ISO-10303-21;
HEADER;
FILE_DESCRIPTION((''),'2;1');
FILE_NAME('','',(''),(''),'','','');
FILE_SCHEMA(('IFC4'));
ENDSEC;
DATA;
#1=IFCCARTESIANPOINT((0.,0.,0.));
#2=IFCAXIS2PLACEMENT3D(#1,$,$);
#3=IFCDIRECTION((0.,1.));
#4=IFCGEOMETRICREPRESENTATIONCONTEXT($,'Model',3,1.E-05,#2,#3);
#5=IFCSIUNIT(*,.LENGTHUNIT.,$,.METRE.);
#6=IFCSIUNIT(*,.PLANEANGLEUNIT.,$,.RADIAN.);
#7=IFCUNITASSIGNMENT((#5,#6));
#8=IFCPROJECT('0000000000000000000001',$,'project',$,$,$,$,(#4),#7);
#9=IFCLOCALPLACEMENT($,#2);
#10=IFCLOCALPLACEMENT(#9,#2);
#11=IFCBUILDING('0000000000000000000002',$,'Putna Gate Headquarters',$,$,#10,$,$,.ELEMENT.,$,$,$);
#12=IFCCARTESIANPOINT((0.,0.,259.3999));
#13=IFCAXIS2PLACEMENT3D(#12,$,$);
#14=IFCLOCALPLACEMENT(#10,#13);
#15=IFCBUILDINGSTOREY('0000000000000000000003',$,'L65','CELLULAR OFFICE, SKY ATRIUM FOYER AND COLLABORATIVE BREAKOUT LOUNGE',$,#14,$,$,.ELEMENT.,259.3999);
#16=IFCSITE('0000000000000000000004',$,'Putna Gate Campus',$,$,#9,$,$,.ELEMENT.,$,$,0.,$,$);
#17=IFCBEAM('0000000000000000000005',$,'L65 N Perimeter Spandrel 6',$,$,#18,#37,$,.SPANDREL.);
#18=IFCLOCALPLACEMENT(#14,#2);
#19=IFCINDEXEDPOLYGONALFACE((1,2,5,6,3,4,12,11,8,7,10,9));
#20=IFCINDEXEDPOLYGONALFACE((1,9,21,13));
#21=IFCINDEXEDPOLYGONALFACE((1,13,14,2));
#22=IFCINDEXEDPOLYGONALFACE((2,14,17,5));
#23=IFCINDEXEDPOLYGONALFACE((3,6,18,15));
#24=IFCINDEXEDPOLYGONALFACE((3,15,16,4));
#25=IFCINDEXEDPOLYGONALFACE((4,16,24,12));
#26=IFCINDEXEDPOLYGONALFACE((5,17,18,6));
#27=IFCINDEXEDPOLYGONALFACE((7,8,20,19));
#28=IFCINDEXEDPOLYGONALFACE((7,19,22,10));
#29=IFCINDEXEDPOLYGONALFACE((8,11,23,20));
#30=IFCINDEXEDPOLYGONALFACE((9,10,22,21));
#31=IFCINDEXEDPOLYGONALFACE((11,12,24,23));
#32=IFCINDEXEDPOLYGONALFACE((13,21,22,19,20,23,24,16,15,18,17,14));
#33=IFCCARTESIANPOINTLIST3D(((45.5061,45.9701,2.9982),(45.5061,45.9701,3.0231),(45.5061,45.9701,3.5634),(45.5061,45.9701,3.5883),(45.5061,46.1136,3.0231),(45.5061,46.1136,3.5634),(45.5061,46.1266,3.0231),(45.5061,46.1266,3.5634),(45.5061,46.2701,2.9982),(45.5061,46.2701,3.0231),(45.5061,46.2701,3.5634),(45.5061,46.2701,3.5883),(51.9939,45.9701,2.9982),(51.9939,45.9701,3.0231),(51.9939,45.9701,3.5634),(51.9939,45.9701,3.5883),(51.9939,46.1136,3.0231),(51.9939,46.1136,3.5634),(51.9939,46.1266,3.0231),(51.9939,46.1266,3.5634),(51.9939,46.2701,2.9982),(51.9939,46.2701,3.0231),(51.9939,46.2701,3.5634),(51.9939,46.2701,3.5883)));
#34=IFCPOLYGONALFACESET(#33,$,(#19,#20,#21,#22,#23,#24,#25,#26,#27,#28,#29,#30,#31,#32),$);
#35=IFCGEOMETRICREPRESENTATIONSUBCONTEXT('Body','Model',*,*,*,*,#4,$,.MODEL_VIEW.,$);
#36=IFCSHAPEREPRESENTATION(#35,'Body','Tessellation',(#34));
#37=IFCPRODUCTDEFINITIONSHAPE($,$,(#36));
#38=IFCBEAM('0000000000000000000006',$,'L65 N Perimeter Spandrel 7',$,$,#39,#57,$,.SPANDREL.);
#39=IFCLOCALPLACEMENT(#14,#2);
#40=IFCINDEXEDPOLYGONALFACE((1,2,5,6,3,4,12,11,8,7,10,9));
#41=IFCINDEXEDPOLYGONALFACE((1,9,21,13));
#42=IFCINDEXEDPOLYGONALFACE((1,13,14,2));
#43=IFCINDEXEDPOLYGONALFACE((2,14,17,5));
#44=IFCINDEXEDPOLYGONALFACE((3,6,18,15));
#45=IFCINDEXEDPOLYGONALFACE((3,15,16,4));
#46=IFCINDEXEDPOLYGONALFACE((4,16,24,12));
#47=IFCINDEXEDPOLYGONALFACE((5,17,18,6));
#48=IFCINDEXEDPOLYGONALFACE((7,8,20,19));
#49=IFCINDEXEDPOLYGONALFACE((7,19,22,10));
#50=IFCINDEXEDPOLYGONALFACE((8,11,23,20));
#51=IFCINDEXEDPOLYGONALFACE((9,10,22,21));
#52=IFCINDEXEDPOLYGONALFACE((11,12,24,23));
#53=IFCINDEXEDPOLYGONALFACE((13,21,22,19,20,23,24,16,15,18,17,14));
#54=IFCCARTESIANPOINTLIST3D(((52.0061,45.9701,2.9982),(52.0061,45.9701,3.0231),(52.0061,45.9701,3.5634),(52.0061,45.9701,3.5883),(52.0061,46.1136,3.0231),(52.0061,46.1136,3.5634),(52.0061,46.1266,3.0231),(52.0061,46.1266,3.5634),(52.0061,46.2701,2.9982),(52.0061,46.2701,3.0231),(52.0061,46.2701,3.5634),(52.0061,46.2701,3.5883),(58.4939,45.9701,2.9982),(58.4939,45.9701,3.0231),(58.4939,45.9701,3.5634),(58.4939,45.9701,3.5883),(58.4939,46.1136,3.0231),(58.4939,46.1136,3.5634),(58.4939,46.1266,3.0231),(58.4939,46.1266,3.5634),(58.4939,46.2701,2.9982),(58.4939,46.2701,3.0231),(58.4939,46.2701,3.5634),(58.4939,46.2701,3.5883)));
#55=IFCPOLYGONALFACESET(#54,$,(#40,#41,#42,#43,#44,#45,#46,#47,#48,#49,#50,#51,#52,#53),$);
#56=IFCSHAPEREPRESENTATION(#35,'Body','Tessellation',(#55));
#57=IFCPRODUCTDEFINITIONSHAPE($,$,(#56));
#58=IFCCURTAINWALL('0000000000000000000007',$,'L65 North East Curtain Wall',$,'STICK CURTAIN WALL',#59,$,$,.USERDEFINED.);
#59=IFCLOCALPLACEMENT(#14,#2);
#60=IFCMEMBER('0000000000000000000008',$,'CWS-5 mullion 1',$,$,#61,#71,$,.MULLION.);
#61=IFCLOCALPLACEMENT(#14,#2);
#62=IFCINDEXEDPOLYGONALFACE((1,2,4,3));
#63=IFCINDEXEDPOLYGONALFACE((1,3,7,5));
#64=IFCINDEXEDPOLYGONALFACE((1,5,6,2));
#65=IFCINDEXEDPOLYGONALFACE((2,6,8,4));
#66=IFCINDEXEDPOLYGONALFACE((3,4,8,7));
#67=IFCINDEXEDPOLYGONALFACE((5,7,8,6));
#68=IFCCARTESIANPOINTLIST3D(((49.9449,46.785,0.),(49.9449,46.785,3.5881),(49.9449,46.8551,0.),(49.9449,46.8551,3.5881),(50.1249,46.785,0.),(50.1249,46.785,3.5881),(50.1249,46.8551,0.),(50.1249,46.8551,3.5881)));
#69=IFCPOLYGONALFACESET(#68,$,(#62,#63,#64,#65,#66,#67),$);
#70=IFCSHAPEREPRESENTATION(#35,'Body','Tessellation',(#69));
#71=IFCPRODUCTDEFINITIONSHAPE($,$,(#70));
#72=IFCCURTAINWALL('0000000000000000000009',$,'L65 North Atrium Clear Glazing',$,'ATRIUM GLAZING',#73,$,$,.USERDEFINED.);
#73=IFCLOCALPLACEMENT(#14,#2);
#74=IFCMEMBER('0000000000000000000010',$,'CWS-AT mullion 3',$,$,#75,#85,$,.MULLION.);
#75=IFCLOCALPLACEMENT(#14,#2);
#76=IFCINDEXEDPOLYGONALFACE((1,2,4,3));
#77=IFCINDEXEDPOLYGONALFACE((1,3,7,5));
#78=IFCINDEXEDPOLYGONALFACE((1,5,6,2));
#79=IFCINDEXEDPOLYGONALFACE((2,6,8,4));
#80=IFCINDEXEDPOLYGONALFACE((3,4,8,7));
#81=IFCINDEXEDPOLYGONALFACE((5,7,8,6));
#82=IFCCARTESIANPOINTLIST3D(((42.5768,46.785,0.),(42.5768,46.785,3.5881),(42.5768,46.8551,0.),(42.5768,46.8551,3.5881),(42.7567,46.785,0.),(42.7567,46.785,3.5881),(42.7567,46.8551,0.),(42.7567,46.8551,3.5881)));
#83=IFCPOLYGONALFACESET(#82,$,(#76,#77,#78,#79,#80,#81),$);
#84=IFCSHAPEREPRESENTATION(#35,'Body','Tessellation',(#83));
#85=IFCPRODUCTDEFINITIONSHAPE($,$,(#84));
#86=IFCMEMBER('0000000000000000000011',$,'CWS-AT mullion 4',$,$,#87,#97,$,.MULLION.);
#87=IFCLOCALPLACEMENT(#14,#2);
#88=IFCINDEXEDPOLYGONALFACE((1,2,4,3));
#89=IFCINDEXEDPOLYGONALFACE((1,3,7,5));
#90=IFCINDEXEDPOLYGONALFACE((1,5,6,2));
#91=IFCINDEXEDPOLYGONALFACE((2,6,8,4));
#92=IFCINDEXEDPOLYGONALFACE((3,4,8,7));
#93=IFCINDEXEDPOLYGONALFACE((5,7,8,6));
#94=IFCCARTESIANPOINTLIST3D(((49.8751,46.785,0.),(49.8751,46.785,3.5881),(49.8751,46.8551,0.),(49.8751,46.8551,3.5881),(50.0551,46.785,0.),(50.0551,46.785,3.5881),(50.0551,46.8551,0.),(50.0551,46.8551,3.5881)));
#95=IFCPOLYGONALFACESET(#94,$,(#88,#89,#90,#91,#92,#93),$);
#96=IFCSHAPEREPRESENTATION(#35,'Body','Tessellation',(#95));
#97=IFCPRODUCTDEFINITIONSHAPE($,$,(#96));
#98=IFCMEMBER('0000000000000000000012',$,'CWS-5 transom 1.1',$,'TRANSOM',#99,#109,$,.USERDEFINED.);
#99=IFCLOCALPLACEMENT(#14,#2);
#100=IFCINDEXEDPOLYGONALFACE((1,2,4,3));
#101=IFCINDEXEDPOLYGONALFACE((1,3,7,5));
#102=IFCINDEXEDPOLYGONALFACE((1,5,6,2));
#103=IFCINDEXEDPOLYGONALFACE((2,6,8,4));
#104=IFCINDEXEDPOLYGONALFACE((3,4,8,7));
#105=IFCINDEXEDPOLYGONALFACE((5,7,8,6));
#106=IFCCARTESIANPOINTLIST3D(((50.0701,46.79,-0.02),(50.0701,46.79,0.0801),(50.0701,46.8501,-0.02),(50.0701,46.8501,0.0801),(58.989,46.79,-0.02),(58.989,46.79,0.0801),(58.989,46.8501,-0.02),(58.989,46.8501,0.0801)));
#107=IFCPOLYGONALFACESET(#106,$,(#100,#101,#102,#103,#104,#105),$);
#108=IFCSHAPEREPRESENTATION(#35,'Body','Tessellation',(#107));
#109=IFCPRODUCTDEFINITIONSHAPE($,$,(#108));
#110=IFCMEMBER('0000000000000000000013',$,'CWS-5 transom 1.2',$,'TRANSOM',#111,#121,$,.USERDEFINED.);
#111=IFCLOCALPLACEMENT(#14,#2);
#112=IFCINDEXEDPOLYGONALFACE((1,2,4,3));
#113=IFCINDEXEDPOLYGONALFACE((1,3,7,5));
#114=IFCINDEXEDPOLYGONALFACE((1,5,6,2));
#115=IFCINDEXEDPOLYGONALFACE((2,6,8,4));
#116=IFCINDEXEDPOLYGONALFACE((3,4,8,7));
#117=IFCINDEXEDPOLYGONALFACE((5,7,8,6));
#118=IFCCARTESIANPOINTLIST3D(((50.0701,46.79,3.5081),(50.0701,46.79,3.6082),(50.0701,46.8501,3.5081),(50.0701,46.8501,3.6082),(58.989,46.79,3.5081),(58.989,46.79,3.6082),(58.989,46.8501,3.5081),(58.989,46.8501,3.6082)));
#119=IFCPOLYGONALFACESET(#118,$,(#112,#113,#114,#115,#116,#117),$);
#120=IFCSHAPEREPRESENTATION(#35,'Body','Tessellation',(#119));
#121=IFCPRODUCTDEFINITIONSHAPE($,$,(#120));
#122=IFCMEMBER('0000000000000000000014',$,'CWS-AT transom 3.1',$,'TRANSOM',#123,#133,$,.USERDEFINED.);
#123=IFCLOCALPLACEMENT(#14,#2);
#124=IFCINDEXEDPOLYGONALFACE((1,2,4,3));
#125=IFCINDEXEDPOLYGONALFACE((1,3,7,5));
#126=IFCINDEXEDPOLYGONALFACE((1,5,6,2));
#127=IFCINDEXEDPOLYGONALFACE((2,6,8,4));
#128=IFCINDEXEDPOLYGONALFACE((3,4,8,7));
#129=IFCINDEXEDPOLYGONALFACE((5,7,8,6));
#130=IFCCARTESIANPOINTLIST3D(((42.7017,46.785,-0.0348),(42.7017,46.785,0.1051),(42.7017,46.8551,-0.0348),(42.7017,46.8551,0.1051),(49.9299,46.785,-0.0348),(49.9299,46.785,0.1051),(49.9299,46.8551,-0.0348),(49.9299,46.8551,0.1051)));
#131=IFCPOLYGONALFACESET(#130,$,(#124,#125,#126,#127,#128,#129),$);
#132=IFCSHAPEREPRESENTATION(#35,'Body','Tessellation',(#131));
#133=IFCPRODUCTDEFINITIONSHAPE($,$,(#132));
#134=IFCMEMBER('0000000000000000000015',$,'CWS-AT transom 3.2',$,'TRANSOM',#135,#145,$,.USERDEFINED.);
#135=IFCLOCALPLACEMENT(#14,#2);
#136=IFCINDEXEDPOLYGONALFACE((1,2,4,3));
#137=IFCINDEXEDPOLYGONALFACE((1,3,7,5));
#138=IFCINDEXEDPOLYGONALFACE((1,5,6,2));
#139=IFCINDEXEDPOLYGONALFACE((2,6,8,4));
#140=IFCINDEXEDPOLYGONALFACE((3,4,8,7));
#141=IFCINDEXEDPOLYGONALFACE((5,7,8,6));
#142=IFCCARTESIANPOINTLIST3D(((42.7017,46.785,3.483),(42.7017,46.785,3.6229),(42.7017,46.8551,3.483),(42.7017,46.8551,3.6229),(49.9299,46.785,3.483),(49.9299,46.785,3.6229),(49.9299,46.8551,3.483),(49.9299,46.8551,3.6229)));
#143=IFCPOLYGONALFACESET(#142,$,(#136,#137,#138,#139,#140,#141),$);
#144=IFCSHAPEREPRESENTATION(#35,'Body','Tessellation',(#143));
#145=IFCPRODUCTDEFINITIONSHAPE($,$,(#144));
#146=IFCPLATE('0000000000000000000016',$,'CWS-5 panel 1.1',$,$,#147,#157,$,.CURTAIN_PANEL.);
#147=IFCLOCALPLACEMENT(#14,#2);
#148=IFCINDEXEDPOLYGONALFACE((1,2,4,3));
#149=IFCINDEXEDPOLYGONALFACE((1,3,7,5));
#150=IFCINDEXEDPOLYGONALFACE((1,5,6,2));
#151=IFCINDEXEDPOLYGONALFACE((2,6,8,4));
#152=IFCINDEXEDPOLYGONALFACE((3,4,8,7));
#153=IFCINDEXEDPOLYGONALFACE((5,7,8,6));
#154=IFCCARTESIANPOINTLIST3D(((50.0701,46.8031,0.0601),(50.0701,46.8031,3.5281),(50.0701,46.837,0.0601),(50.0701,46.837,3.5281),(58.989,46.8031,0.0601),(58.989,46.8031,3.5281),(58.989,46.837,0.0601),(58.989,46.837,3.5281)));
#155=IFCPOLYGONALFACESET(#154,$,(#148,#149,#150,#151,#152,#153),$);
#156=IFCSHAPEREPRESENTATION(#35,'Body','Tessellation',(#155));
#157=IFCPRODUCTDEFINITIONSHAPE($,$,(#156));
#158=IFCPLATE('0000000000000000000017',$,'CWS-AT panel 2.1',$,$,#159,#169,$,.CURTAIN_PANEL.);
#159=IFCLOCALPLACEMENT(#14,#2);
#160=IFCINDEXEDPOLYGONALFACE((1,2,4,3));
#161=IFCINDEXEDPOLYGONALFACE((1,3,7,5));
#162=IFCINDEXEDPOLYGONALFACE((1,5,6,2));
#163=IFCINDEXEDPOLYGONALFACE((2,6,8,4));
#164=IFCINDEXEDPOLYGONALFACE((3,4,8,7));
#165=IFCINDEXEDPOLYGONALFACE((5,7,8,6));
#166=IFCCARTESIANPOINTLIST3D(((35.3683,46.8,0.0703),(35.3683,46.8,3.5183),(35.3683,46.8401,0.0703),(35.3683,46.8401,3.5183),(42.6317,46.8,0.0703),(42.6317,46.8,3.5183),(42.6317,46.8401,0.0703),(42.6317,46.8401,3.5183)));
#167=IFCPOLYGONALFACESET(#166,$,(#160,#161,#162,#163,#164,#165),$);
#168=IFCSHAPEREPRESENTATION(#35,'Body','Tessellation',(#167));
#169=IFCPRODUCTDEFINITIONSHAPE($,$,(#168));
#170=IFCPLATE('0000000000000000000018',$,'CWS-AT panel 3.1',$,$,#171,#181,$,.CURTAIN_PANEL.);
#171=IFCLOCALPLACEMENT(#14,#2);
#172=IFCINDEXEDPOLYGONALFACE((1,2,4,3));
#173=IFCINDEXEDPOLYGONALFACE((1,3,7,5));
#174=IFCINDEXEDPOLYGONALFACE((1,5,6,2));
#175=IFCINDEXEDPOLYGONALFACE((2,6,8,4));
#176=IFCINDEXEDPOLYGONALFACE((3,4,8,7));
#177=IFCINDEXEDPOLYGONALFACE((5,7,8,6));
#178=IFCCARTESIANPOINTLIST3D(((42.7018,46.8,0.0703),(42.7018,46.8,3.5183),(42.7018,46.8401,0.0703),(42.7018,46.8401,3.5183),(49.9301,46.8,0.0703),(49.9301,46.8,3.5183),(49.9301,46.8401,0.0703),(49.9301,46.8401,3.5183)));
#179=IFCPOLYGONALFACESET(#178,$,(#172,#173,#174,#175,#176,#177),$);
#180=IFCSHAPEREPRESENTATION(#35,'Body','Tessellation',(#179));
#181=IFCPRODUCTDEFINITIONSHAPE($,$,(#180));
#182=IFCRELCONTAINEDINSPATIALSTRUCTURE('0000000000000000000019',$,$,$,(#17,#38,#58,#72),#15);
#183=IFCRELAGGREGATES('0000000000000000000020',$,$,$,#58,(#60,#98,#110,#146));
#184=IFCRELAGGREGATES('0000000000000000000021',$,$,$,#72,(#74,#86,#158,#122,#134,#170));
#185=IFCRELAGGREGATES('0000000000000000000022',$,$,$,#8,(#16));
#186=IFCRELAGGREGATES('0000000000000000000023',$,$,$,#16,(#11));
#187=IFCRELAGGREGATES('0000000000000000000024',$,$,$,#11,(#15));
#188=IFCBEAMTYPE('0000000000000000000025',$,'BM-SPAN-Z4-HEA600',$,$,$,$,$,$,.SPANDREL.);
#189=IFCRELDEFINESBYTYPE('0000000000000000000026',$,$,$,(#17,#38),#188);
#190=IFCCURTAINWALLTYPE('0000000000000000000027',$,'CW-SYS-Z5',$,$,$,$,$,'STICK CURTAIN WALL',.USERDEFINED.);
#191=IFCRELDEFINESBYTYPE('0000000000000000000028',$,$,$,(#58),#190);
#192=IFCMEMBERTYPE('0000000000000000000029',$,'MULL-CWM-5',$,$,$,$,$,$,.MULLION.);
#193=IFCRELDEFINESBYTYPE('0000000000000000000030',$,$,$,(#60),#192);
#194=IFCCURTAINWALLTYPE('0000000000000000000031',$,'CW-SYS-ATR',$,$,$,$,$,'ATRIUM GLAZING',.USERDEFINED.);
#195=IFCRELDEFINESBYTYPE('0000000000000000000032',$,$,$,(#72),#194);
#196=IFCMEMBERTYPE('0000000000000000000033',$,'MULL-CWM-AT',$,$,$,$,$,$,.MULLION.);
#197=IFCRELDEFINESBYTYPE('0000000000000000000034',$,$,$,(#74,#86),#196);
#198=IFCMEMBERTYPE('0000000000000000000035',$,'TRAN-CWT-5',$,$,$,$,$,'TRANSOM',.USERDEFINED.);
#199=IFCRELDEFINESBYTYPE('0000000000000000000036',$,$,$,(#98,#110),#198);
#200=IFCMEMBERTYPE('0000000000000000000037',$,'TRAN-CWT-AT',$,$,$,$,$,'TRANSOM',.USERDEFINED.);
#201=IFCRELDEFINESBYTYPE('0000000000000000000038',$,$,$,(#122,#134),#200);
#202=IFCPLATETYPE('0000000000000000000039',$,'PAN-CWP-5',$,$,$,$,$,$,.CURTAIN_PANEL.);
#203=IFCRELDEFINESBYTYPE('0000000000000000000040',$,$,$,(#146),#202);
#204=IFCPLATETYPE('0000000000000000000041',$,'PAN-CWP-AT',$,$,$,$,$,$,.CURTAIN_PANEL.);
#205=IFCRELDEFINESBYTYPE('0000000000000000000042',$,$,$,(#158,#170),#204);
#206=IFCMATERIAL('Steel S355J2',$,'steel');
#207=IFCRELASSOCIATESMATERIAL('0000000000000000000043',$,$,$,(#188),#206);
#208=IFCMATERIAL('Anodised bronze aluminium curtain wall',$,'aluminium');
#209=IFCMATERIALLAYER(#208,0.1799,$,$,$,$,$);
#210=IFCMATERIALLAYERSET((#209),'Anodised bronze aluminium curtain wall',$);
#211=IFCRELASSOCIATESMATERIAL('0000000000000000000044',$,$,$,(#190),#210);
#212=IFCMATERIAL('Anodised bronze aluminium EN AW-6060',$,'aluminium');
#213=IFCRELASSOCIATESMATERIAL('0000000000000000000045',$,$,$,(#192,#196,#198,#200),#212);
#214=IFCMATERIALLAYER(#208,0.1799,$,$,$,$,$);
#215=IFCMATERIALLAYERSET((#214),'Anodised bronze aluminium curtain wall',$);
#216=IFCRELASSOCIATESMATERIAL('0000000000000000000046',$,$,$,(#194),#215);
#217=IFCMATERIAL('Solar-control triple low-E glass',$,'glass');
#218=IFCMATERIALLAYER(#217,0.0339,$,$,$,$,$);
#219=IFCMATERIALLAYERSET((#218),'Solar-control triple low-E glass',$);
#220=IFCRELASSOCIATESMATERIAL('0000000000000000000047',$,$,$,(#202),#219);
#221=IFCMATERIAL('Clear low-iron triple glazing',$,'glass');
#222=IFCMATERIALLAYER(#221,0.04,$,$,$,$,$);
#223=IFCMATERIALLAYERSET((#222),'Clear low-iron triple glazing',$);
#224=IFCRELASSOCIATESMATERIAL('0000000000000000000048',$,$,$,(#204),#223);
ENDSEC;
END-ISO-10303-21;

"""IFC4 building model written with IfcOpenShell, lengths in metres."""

from ifc_helpers import new_model, si_unit, direction, frame, origin, origin_2d, place, context, subcontext, project, spatial, rectangle, i_section, extrude, material, layer, layer_set, material_profile, profile_set, type_object, element, aggregate, save


model = new_model("IFC4")

# Units and contexts
model_context = context("Model", 3, precision=1e-05, world=origin(), true_north=direction((0.0, 1.0)))
body_context = subcontext(model_context, "Body", "Model", "MODEL_VIEW")
ifc_project = project(units=[si_unit("LENGTHUNIT", "METRE"), si_unit("PLANEANGLEUNIT", "RADIAN")], contexts=[model_context])

# Site, building, storey
site_placement = place(None, origin())
site = spatial("IfcSite", under=ifc_project, at=site_placement, Name="Putna Gate Campus", CompositionType="ELEMENT", RefElevation=0.0)
building_placement = place(site_placement, origin())
building = spatial("IfcBuilding", under=site, at=building_placement, Name="Putna Gate Headquarters", CompositionType="ELEMENT")
storey_placement = place(building_placement, frame((0.0, 0.0, 259.3999)))
storey = spatial("IfcBuildingStorey", under=building, at=storey_placement, Name="L65", Description="CELLULAR OFFICE, SKY ATRIUM FOYER AND COLLABORATIVE BREAKOUT LOUNGE", CompositionType="ELEMENT", Elevation=259.3999)

# Beams
ifc_material_1 = material(Name="Steel S355J2", Category="steel")
ifc_material_profile_1 = material_profile(ifc_material_1, i_section(OverallWidth=0.3, OverallDepth=0.5901, WebThickness=0.0129, FlangeThickness=0.0249, at=origin_2d()), Name="Steel S355J2")
ifc_profile_set_1 = profile_set([ifc_material_profile_1], Name="Steel S355J2")
beam_type_1 = type_object("IfcBeamType", Name="BM-SPAN-Z4-HEA600", PredefinedType="SPANDREL", material=ifc_profile_set_1)
for number, where, z_axis, x_axis, name in (
    (1, (45.5061, 46.1201, 3.2932), (1.0, 0.0, 0.0), (0.0, 1.0, 0.0), "L65 N Perimeter Spandrel 6"),
    (2, (52.0061, 46.1201, 3.2932), (1.0, 0.0, 0.0), (0.0, 1.0, 0.0), "L65 N Perimeter Spandrel 7"),
):
    element("IfcBeam", number, at=place(storey_placement, frame(where, z_axis=z_axis, x_axis=x_axis)), inside=storey, type_object=beam_type_1, Name=name, PredefinedType="SPANDREL", context=body_context, shape_type="SweptSolid", body=[
        extrude(i_section(OverallWidth=0.3, OverallDepth=0.5901, WebThickness=0.0129, FlangeThickness=0.0249, at=origin_2d()), origin(), (0.0, 0.0, 1.0), 6.4878),
    ])

# Curtain wall, member
ifc_material_2 = material(Name="Anodised bronze aluminium curtain wall", Category="aluminium")
ifc_layer_1 = layer(ifc_material_2, 0.1799)
ifc_layer_set_1 = layer_set([ifc_layer_1], Name="Anodised bronze aluminium curtain wall")
curtain_wall_type_1 = type_object("IfcCurtainWallType", Name="CW-SYS-Z5", ElementType="STICK CURTAIN WALL", PredefinedType="USERDEFINED", material=ifc_layer_set_1)
curtain_wall_1_placement = place(storey_placement, origin())
curtain_wall_1 = element("IfcCurtainWall", 3, at=curtain_wall_1_placement, inside=storey, type_object=curtain_wall_type_1, Name="L65 North East Curtain Wall", ObjectType="STICK CURTAIN WALL", PredefinedType="USERDEFINED")
ifc_material_3 = material(Name="Anodised bronze aluminium EN AW-6060", Category="aluminium")
ifc_material_profile_2 = material_profile(ifc_material_3, rectangle(XDim=0.0701, YDim=0.1799, at=origin_2d()), Name="Anodised bronze aluminium EN AW-6060")
ifc_profile_set_2 = profile_set([ifc_material_profile_2], Name="Anodised bronze aluminium EN AW-6060")
member_type_1 = type_object("IfcMemberType", Name="MULL-CWM-5", PredefinedType="MULLION", material=ifc_profile_set_2)
member_1_placement = place(storey_placement, frame((50.0349, 46.8201, 0.0), z_axis=(0.0, 0.0, 1.0), x_axis=(0.0, 1.0, 0.0)))
member_1 = element("IfcMember", 4, at=member_1_placement, type_object=member_type_1, Name="CWS-5 mullion 1", PredefinedType="MULLION", context=body_context, shape_type="SweptSolid", body=[
    extrude(rectangle(XDim=0.0701, YDim=0.1799, at=origin_2d()), origin(), (0.0, 0.0, 1.0), 3.5881),
])

# Curtain wall, members
ifc_layer_2 = layer(ifc_material_2, 0.1799)
ifc_layer_set_2 = layer_set([ifc_layer_2], Name="Anodised bronze aluminium curtain wall")
curtain_wall_type_2 = type_object("IfcCurtainWallType", Name="CW-SYS-ATR", ElementType="ATRIUM GLAZING", PredefinedType="USERDEFINED", material=ifc_layer_set_2)
curtain_wall_2_placement = place(storey_placement, origin())
curtain_wall_2 = element("IfcCurtainWall", 5, at=curtain_wall_2_placement, inside=storey, type_object=curtain_wall_type_2, Name="L65 North Atrium Clear Glazing", ObjectType="ATRIUM GLAZING", PredefinedType="USERDEFINED")
ifc_material_profile_3 = material_profile(ifc_material_3, rectangle(XDim=0.0701, YDim=0.1799, at=origin_2d()), Name="Anodised bronze aluminium EN AW-6060")
ifc_profile_set_3 = profile_set([ifc_material_profile_3], Name="Anodised bronze aluminium EN AW-6060")
member_type_2 = type_object("IfcMemberType", Name="MULL-CWM-AT", PredefinedType="MULLION", material=ifc_profile_set_3)
member_2_placement = place(storey_placement, frame((42.6667, 46.8201, 0.0), z_axis=(0.0, 0.0, 1.0), x_axis=(0.0, 1.0, 0.0)))
member_2 = element("IfcMember", 6, at=member_2_placement, type_object=member_type_2, Name="CWS-AT mullion 3", PredefinedType="MULLION", context=body_context, shape_type="SweptSolid", body=[
    extrude(rectangle(XDim=0.0701, YDim=0.1799, at=origin_2d()), origin(), (0.0, 0.0, 1.0), 3.5881),
])
member_3_placement = place(storey_placement, frame((49.9651, 46.8201, 0.0), z_axis=(0.0, 0.0, 1.0), x_axis=(0.0, 1.0, 0.0)))
member_3 = element("IfcMember", 7, at=member_3_placement, type_object=member_type_2, Name="CWS-AT mullion 4", PredefinedType="MULLION", context=body_context, shape_type="SweptSolid", body=[
    extrude(rectangle(XDim=0.0701, YDim=0.1799, at=origin_2d()), origin(), (0.0, 0.0, 1.0), 3.5881),
])

# Members
ifc_material_profile_4 = material_profile(ifc_material_3, rectangle(XDim=0.0601, YDim=0.1001, at=origin_2d()), Name="Anodised bronze aluminium EN AW-6060")
ifc_profile_set_4 = profile_set([ifc_material_profile_4], Name="Anodised bronze aluminium EN AW-6060")
member_type_3 = type_object("IfcMemberType", Name="TRAN-CWT-5", ElementType="TRANSOM", PredefinedType="USERDEFINED", material=ifc_profile_set_4)
member_4_placement = place(storey_placement, frame((50.0701, 46.8201, 0.03), z_axis=(1.0, 0.0, 0.0), x_axis=(0.0, 1.0, 0.0)))
member_4 = element("IfcMember", 8, at=member_4_placement, type_object=member_type_3, Name="CWS-5 transom 1.1", ObjectType="TRANSOM", PredefinedType="USERDEFINED", context=body_context, shape_type="SweptSolid", body=[
    extrude(rectangle(XDim=0.0601, YDim=0.1001, at=origin_2d()), origin(), (0.0, 0.0, 1.0), 8.9189),
])
member_5_placement = place(storey_placement, frame((50.0701, 46.8201, 3.5581), z_axis=(1.0, 0.0, 0.0), x_axis=(0.0, 1.0, 0.0)))
member_5 = element("IfcMember", 9, at=member_5_placement, type_object=member_type_3, Name="CWS-5 transom 1.2", ObjectType="TRANSOM", PredefinedType="USERDEFINED", context=body_context, shape_type="SweptSolid", body=[
    extrude(rectangle(XDim=0.0601, YDim=0.1001, at=origin_2d()), origin(), (0.0, 0.0, 1.0), 8.9189),
])
ifc_material_profile_5 = material_profile(ifc_material_3, rectangle(XDim=0.0701, YDim=0.1399, at=origin_2d()), Name="Anodised bronze aluminium EN AW-6060")
ifc_profile_set_5 = profile_set([ifc_material_profile_5], Name="Anodised bronze aluminium EN AW-6060")
member_type_4 = type_object("IfcMemberType", Name="TRAN-CWT-AT", ElementType="TRANSOM", PredefinedType="USERDEFINED", material=ifc_profile_set_5)
member_6_placement = place(storey_placement, frame((42.7017, 46.8201, 0.0352), z_axis=(1.0, 0.0, 0.0), x_axis=(0.0, 1.0, 0.0)))
member_6 = element("IfcMember", 10, at=member_6_placement, type_object=member_type_4, Name="CWS-AT transom 3.1", ObjectType="TRANSOM", PredefinedType="USERDEFINED", context=body_context, shape_type="SweptSolid", body=[
    extrude(rectangle(XDim=0.0701, YDim=0.1399, at=origin_2d()), origin(), (0.0, 0.0, 1.0), 7.2283),
])
member_7_placement = place(storey_placement, frame((42.7017, 46.8201, 3.553), z_axis=(1.0, 0.0, 0.0), x_axis=(0.0, 1.0, 0.0)))
member_7 = element("IfcMember", 11, at=member_7_placement, type_object=member_type_4, Name="CWS-AT transom 3.2", ObjectType="TRANSOM", PredefinedType="USERDEFINED", context=body_context, shape_type="SweptSolid", body=[
    extrude(rectangle(XDim=0.0701, YDim=0.1399, at=origin_2d()), origin(), (0.0, 0.0, 1.0), 7.2283),
])

# Plates
ifc_material_4 = material(Name="Solar-control triple low-E glass", Category="glass")
ifc_layer_3 = layer(ifc_material_4, 0.0339)
ifc_layer_set_3 = layer_set([ifc_layer_3], Name="Solar-control triple low-E glass")
plate_type_1 = type_object("IfcPlateType", Name="PAN-CWP-5", PredefinedType="CURTAIN_PANEL", material=ifc_layer_set_3)
plate_1_placement = place(storey_placement, frame((54.5295, 46.8201, 0.0601), z_axis=(0.0, 0.0, 1.0), x_axis=(1.0, 0.0, 0.0)))
plate_1 = element("IfcPlate", 12, at=plate_1_placement, type_object=plate_type_1, Name="CWS-5 panel 1.1", PredefinedType="CURTAIN_PANEL", context=body_context, shape_type="SweptSolid", body=[
    extrude(rectangle(XDim=8.9189, YDim=0.0339, at=origin_2d()), origin(), (0.0, 0.0, 1.0), 3.468),
])
aggregate(curtain_wall_1, [member_1, member_4, member_5, plate_1])
ifc_material_5 = material(Name="Clear low-iron triple glazing", Category="glass")
ifc_layer_4 = layer(ifc_material_5, 0.04)
ifc_layer_set_4 = layer_set([ifc_layer_4], Name="Clear low-iron triple glazing")
plate_type_2 = type_object("IfcPlateType", Name="PAN-CWP-AT", PredefinedType="CURTAIN_PANEL", material=ifc_layer_set_4)
plate_2_placement = place(storey_placement, frame((39.0, 46.8201, 0.0703), z_axis=(0.0, 0.0, 1.0), x_axis=(1.0, 0.0, 0.0)))
plate_2 = element("IfcPlate", 13, at=plate_2_placement, type_object=plate_type_2, Name="CWS-AT panel 2.1", PredefinedType="CURTAIN_PANEL", context=body_context, shape_type="SweptSolid", body=[
    extrude(rectangle(XDim=7.2634, YDim=0.04, at=origin_2d()), origin(), (0.0, 0.0, 1.0), 3.448),
])
plate_3_placement = place(storey_placement, frame((46.3159, 46.8201, 0.0703), z_axis=(0.0, 0.0, 1.0), x_axis=(1.0, 0.0, 0.0)))
plate_3 = element("IfcPlate", 14, at=plate_3_placement, type_object=plate_type_2, Name="CWS-AT panel 3.1", PredefinedType="CURTAIN_PANEL", context=body_context, shape_type="SweptSolid", body=[
    extrude(rectangle(XDim=7.2283, YDim=0.04, at=origin_2d()), origin(), (0.0, 0.0, 1.0), 3.448),
])
aggregate(curtain_wall_2, [member_2, member_3, plate_2, member_6, member_7, plate_3])

save(model, "model.ifc")
